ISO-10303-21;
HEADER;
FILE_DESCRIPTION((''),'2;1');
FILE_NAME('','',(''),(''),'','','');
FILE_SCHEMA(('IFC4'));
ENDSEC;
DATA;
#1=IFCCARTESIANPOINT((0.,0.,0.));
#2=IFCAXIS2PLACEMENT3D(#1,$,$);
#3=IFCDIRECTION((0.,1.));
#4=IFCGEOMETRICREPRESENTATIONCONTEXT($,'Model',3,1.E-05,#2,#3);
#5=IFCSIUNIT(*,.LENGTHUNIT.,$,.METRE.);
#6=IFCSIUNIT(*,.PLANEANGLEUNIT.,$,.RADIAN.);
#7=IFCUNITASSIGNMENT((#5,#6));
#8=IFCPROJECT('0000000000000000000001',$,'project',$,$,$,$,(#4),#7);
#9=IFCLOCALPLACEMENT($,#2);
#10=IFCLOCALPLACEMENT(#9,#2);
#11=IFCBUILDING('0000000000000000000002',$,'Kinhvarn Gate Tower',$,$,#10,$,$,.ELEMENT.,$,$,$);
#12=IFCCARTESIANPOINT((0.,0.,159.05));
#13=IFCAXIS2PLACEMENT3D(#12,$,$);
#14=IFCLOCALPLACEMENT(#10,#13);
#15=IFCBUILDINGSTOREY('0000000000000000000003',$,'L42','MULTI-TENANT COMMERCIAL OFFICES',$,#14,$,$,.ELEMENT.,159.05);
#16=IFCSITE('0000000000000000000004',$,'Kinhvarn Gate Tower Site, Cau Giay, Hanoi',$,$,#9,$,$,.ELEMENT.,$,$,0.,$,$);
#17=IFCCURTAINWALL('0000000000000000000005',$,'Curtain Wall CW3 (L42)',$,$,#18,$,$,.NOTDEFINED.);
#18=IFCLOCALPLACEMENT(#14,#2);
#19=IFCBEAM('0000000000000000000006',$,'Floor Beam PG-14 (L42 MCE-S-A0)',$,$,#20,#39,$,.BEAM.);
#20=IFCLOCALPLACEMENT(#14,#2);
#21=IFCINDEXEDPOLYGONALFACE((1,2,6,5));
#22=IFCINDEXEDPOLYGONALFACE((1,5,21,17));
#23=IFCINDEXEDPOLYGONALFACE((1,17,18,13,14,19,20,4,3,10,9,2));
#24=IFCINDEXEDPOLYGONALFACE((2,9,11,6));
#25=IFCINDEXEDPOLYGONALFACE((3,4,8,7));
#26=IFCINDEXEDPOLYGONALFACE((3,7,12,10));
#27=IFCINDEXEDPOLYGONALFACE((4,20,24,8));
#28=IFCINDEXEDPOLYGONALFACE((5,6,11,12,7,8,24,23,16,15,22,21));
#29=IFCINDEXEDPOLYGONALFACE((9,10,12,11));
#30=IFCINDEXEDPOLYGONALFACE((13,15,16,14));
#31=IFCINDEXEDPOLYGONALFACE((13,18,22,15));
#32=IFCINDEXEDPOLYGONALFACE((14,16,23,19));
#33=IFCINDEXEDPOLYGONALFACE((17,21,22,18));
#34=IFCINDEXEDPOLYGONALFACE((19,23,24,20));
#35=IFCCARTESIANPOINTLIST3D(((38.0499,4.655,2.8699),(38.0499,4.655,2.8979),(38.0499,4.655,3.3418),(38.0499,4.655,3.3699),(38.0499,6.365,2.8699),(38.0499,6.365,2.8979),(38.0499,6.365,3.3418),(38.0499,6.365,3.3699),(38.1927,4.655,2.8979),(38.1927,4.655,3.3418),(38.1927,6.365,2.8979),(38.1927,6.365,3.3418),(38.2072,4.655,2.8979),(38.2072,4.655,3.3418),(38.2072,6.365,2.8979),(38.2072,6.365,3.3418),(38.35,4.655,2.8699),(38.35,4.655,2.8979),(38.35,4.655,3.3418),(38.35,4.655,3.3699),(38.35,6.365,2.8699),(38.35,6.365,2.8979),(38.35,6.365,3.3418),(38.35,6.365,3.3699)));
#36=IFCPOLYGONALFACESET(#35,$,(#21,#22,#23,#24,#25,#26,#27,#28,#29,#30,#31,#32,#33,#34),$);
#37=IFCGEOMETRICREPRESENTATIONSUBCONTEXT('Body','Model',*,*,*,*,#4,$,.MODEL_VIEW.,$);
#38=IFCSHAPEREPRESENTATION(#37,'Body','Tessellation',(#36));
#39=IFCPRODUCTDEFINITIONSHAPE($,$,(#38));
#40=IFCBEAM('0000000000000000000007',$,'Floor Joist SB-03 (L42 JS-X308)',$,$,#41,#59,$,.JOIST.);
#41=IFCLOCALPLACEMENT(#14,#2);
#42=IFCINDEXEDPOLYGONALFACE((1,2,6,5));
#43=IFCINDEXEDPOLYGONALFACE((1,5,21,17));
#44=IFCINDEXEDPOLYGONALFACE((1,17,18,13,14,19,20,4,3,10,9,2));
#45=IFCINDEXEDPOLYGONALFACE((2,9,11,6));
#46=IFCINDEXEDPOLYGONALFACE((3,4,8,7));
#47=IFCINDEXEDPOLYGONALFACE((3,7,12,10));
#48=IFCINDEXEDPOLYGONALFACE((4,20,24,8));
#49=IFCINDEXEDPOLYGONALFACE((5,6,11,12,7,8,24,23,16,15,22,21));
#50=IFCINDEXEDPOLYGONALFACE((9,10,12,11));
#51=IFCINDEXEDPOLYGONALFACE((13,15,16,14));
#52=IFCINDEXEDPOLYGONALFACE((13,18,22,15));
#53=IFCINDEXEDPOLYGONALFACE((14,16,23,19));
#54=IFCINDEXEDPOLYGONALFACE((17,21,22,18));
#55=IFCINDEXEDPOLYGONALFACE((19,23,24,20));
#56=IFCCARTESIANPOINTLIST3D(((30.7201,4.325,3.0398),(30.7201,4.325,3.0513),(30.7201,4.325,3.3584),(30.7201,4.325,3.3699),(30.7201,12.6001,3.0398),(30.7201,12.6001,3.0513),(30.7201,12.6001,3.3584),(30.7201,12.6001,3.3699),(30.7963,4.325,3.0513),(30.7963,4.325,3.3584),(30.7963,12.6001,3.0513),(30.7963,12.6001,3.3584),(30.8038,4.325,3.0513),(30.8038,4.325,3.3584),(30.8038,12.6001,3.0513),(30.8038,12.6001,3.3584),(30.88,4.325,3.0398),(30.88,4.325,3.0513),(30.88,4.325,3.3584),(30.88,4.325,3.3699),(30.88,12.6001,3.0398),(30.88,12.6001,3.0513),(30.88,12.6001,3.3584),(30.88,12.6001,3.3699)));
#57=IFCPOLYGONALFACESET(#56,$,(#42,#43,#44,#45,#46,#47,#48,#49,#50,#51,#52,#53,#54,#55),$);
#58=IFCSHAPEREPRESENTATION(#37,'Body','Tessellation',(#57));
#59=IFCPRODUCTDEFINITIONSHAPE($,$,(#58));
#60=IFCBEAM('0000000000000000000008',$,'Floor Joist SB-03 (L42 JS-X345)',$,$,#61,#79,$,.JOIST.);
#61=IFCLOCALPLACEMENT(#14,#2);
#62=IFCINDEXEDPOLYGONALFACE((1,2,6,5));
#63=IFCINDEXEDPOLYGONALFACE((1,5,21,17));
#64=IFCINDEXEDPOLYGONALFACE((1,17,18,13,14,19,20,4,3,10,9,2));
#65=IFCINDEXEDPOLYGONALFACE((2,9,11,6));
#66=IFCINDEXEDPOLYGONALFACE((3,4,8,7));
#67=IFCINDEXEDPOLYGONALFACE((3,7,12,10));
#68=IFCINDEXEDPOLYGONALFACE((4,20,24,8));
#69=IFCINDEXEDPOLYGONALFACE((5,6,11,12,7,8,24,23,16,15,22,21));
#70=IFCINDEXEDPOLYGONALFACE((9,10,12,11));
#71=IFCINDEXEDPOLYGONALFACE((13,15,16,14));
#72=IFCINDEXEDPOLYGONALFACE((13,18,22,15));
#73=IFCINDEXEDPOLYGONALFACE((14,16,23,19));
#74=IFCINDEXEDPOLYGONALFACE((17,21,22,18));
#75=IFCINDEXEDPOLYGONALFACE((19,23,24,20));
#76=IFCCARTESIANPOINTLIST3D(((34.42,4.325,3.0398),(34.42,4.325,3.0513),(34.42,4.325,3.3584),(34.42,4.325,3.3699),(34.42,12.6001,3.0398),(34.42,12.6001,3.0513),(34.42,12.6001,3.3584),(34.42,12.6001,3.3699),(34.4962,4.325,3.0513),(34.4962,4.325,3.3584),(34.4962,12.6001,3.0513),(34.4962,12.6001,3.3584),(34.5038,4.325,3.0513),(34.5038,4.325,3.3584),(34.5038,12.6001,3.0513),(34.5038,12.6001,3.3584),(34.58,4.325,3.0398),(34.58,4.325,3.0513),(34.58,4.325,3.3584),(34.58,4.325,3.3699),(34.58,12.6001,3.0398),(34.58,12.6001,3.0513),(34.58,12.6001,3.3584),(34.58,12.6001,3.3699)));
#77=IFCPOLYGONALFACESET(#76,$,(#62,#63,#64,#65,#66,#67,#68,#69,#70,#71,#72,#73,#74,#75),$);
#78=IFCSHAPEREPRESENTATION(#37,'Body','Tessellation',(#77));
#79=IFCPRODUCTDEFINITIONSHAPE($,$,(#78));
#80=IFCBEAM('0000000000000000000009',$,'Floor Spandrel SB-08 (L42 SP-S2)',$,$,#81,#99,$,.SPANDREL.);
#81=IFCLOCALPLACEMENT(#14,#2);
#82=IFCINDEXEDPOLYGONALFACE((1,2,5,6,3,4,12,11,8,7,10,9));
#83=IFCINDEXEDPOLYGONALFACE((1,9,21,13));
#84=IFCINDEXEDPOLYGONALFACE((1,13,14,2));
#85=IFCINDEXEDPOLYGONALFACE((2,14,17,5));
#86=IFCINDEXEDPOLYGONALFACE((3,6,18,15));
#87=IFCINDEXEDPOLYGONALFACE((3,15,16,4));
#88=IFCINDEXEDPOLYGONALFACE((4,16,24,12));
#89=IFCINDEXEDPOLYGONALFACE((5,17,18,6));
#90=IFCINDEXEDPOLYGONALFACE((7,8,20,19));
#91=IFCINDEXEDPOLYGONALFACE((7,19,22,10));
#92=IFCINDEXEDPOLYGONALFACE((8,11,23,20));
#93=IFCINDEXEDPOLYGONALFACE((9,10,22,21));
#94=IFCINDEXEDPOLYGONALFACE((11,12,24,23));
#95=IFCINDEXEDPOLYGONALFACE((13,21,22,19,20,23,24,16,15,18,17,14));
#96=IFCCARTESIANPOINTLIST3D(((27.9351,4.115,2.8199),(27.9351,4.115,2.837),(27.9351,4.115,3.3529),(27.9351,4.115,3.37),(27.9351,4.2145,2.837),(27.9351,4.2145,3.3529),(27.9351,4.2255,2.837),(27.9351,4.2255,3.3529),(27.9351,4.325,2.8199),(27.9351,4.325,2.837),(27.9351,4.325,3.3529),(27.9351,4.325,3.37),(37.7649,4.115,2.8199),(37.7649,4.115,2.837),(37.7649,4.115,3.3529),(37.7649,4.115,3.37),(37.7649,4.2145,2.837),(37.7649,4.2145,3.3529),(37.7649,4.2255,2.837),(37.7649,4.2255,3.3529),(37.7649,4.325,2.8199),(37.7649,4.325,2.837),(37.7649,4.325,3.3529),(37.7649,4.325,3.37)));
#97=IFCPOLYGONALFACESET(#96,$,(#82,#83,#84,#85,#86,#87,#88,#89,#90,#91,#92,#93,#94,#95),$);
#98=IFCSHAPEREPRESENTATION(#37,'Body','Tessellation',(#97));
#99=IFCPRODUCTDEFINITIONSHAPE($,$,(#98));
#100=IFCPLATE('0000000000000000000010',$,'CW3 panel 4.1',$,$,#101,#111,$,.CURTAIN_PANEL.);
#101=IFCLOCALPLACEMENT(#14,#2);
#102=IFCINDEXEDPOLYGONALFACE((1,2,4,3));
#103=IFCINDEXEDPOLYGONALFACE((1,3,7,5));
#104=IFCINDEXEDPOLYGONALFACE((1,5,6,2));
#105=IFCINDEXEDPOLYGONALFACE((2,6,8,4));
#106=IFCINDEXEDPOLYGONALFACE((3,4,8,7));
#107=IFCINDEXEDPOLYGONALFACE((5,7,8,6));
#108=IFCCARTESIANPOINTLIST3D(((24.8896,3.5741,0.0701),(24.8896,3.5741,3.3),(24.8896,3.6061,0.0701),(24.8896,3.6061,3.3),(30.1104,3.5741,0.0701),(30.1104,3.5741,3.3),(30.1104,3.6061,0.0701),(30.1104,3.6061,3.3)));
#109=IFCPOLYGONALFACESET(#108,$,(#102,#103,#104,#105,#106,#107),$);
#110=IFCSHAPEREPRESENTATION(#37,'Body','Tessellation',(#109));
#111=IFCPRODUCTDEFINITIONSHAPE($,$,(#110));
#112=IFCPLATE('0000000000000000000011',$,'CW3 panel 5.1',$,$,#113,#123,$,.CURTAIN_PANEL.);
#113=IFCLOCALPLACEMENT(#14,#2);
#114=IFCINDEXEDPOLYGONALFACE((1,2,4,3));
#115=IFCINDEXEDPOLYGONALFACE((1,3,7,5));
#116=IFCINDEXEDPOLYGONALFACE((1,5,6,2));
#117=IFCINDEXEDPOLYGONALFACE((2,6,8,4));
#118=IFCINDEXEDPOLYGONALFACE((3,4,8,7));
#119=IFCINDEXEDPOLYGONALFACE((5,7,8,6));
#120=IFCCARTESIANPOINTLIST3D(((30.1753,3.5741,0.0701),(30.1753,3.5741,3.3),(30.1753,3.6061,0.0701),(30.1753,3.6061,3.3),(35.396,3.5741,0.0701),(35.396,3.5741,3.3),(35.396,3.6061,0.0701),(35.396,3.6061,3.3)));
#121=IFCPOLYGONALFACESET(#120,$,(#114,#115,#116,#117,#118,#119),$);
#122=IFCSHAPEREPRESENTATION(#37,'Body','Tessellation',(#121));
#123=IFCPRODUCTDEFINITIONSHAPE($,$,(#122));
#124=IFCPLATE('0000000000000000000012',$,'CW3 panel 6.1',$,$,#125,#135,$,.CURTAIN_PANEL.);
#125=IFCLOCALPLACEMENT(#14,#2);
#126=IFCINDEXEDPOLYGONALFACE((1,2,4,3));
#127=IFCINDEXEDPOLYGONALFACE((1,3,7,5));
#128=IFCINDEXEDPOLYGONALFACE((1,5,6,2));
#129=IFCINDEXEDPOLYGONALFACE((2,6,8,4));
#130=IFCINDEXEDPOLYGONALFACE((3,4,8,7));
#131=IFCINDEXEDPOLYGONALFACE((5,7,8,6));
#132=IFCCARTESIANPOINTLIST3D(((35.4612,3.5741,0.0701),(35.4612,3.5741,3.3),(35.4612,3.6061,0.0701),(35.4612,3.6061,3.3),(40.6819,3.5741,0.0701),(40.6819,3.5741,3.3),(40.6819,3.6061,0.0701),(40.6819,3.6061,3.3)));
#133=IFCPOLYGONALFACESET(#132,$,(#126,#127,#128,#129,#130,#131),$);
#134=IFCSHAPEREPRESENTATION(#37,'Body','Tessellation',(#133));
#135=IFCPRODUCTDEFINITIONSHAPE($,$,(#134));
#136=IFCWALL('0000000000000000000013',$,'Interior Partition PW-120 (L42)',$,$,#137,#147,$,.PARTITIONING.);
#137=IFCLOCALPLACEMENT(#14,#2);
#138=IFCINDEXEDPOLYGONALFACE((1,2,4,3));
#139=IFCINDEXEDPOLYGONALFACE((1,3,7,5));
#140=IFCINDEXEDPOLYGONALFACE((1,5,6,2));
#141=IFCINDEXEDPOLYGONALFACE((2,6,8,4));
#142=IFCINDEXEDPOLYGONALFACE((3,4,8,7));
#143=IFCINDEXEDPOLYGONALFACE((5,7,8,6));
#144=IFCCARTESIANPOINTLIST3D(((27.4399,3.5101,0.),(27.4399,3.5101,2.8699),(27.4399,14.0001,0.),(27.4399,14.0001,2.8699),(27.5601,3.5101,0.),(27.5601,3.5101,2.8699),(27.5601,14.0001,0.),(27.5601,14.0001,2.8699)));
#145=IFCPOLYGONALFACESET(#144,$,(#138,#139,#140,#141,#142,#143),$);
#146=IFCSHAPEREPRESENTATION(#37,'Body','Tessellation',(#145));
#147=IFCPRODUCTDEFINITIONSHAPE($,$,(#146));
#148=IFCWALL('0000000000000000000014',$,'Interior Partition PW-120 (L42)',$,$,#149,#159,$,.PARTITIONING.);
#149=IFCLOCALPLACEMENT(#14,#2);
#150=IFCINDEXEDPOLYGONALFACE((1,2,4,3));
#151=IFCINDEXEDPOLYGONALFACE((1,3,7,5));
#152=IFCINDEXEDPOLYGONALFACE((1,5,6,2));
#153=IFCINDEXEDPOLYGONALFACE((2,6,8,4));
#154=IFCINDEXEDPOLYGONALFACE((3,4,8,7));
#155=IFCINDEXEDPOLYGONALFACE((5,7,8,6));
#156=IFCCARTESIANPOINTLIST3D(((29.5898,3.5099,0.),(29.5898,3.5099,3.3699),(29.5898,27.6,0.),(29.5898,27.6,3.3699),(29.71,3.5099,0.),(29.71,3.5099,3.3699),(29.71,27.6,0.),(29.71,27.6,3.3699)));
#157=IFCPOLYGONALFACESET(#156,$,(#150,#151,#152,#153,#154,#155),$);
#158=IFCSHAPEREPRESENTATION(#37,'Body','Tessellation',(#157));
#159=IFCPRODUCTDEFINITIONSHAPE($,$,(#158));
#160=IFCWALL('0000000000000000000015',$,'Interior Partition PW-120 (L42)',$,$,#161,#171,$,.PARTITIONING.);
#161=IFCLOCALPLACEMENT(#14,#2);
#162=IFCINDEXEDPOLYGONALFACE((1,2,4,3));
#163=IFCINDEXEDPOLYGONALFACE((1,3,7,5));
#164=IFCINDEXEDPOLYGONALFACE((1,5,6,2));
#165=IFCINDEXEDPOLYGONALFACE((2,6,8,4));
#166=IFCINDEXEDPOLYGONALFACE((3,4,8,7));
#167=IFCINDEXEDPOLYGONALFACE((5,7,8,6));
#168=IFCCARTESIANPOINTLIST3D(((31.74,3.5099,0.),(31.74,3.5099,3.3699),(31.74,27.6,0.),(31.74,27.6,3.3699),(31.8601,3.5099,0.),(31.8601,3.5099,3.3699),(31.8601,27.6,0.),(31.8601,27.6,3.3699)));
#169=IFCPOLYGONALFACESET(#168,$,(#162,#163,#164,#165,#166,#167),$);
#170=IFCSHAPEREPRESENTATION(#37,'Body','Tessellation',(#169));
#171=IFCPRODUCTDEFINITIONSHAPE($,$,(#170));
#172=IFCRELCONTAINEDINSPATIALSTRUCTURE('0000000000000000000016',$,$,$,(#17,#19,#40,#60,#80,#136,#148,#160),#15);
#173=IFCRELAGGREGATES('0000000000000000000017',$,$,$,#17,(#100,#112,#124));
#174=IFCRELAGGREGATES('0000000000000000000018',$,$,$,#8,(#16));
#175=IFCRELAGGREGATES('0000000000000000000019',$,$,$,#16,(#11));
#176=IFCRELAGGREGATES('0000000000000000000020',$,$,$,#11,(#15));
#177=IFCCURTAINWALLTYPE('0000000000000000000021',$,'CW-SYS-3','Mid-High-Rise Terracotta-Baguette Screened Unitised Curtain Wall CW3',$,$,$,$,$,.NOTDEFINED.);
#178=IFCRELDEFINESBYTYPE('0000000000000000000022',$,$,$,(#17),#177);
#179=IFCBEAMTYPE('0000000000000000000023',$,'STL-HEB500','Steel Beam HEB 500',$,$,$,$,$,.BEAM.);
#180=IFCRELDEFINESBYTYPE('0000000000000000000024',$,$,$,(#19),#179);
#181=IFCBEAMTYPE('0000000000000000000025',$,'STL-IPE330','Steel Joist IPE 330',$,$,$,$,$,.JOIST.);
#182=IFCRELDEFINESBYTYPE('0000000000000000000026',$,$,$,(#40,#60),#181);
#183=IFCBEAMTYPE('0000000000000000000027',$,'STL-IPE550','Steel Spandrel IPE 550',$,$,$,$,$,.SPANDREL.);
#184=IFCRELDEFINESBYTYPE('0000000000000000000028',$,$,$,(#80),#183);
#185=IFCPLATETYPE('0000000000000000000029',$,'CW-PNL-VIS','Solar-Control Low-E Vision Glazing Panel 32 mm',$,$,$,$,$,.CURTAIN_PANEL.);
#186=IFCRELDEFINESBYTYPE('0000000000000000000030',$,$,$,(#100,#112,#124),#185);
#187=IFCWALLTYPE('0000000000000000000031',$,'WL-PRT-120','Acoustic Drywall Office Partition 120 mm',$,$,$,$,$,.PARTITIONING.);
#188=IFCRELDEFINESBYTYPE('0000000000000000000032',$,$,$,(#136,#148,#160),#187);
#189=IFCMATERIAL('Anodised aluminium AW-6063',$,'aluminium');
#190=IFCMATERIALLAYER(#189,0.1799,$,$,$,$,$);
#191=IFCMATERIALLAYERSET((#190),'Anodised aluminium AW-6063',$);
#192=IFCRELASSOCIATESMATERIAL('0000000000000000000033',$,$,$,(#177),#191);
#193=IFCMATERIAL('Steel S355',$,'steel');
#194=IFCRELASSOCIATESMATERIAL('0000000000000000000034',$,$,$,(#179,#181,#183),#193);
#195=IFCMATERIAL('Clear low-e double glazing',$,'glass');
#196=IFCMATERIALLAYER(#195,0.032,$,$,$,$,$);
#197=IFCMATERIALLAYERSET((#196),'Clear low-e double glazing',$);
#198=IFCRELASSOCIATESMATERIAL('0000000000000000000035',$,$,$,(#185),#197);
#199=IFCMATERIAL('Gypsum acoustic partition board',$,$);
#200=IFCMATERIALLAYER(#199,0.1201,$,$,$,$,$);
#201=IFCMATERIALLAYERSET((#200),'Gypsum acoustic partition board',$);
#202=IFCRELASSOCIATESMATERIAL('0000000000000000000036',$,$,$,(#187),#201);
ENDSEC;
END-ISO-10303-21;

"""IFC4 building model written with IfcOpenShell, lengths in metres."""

from ifc_helpers import new_model, si_unit, direction, frame, frame_2d, origin, origin_2d, place, context, subcontext, project, spatial, rectangle, i_section, extrude, material, layer, layer_set, material_profile, profile_set, type_object, element, aggregate, save


model = new_model("IFC4")

# Units and contexts
model_context = context("Model", 3, precision=1e-05, world=origin(), true_north=direction((0.0, 1.0)))
body_context = subcontext(model_context, "Body", "Model", "MODEL_VIEW")
ifc_project = project(units=[si_unit("LENGTHUNIT", "METRE"), si_unit("PLANEANGLEUNIT", "RADIAN")], contexts=[model_context])

# Site, building, storey
site_placement = place(None, origin())
site = spatial("IfcSite", under=ifc_project, at=site_placement, Name="Kinhvarn Gate Tower Site, Cau Giay, Hanoi", CompositionType="ELEMENT", RefElevation=0.0)
building_placement = place(site_placement, origin())
building = spatial("IfcBuilding", under=site, at=building_placement, Name="Kinhvarn Gate Tower", CompositionType="ELEMENT")
storey_placement = place(building_placement, frame((0.0, 0.0, 159.05)))
storey = spatial("IfcBuildingStorey", under=building, at=storey_placement, Name="L42", Description="MULTI-TENANT COMMERCIAL OFFICES", CompositionType="ELEMENT", Elevation=159.05)

# Curtain wall
ifc_material_1 = material(Name="Anodised aluminium AW-6063", Category="aluminium")
ifc_layer_1 = layer(ifc_material_1, 0.1799)
ifc_layer_set_1 = layer_set([ifc_layer_1], Name="Anodised aluminium AW-6063")
curtain_wall_type = type_object("IfcCurtainWallType", Name="CW-SYS-3", Description="Mid-High-Rise Terracotta-Baguette Screened Unitised Curtain Wall CW3", PredefinedType="NOTDEFINED", material=ifc_layer_set_1)
curtain_wall_placement = place(storey_placement, origin())
curtain_wall = element("IfcCurtainWall", 1, at=curtain_wall_placement, inside=storey, type_object=curtain_wall_type, Name="Curtain Wall CW3 (L42)", PredefinedType="NOTDEFINED")

# Beams
ifc_material_2 = material(Name="Steel S355", Category="steel")
ifc_material_profile_1 = material_profile(ifc_material_2, i_section(OverallWidth=0.3, OverallDepth=0.5, WebThickness=0.0144, FlangeThickness=0.0281, at=origin_2d()), Name="HEB 500")
ifc_profile_set_1 = profile_set([ifc_material_profile_1], Name="Steel S355")
beam_type_1 = type_object("IfcBeamType", Name="STL-HEB500", Description="Steel Beam HEB 500", PredefinedType="BEAM", material=ifc_profile_set_1)
beam_1_placement = place(storey_placement, frame((38.2, 4.655, 3.1199), z_axis=(0.0, 1.0, 0.0), x_axis=(-1.0, 0.0, 0.0)))
element("IfcBeam", 2, at=beam_1_placement, inside=storey, type_object=beam_type_1, Name="Floor Beam PG-14 (L42 MCE-S-A0)", PredefinedType="BEAM", context=body_context, shape_type="SweptSolid", body=[
    extrude(i_section(OverallWidth=0.3, OverallDepth=0.5, WebThickness=0.0144, FlangeThickness=0.0281, at=origin_2d()), origin(), (0.0, 0.0, 1.0), 1.71),
])
ifc_material_profile_2 = material_profile(ifc_material_2, i_section(OverallWidth=0.1599, OverallDepth=0.3301, WebThickness=0.0076, FlangeThickness=0.0115, at=origin_2d()), Name="IPE 330")
ifc_profile_set_2 = profile_set([ifc_material_profile_2], Name="Steel S355")
beam_type_2 = type_object("IfcBeamType", Name="STL-IPE330", Description="Steel Joist IPE 330", PredefinedType="JOIST", material=ifc_profile_set_2)
for number, where, z_axis, x_axis, name in (
    (3, (30.8, 4.325, 3.2048), (0.0, 1.0, 0.0), (-1.0, 0.0, 0.0), "Floor Joist SB-03 (L42 JS-X308)"),
    (4, (34.5, 4.325, 3.2048), (0.0, 1.0, 0.0), (-1.0, 0.0, 0.0), "Floor Joist SB-03 (L42 JS-X345)"),
):
    element("IfcBeam", number, at=place(storey_placement, frame(where, z_axis=z_axis, x_axis=x_axis)), inside=storey, type_object=beam_type_2, Name=name, PredefinedType="JOIST", context=body_context, shape_type="SweptSolid", body=[
        extrude(i_section(OverallWidth=0.1599, OverallDepth=0.3301, WebThickness=0.0076, FlangeThickness=0.0115, at=origin_2d()), origin(), (0.0, 0.0, 1.0), 8.2751),
    ])
ifc_material_profile_3 = material_profile(ifc_material_2, i_section(OverallWidth=0.21, OverallDepth=0.55, WebThickness=0.011, FlangeThickness=0.0171, at=origin_2d()), Name="IPE 550")
ifc_profile_set_3 = profile_set([ifc_material_profile_3], Name="Steel S355")
beam_type_3 = type_object("IfcBeamType", Name="STL-IPE550", Description="Steel Spandrel IPE 550", PredefinedType="SPANDREL", material=ifc_profile_set_3)
beam_2_placement = place(storey_placement, frame((27.9351, 4.22, 3.095), z_axis=(1.0, 0.0, 0.0), x_axis=(0.0, 1.0, 0.0)))
element("IfcBeam", 5, at=beam_2_placement, inside=storey, type_object=beam_type_3, Name="Floor Spandrel SB-08 (L42 SP-S2)", PredefinedType="SPANDREL", context=body_context, shape_type="SweptSolid", body=[
    extrude(i_section(OverallWidth=0.21, OverallDepth=0.55, WebThickness=0.011, FlangeThickness=0.0171, at=origin_2d()), origin(), (0.0, 0.0, 1.0), 9.8298),
])

# Plates
ifc_material_3 = material(Name="Clear low-e double glazing", Category="glass")
ifc_layer_2 = layer(ifc_material_3, 0.032)
ifc_layer_set_2 = layer_set([ifc_layer_2], Name="Clear low-e double glazing")
plate_type = type_object("IfcPlateType", Name="CW-PNL-VIS", Description="Solar-Control Low-E Vision Glazing Panel 32 mm", PredefinedType="CURTAIN_PANEL", material=ifc_layer_set_2)
plate_1_placement = place(storey_placement, frame((27.5, 3.5901, 0.0701), z_axis=(0.0, 0.0, 1.0), x_axis=(1.0, 0.0, 0.0)))
plate_1 = element("IfcPlate", 6, at=plate_1_placement, type_object=plate_type, Name="CW3 panel 4.1", PredefinedType="CURTAIN_PANEL", context=body_context, shape_type="SweptSolid", body=[
    extrude(rectangle(XDim=5.2207, YDim=0.032, at=origin_2d()), origin(), (0.0, 0.0, 1.0), 3.23),
])
plate_2_placement = place(storey_placement, frame((32.7856, 3.5901, 0.0701), z_axis=(0.0, 0.0, 1.0), x_axis=(1.0, 0.0, 0.0)))
plate_2 = element("IfcPlate", 7, at=plate_2_placement, type_object=plate_type, Name="CW3 panel 5.1", PredefinedType="CURTAIN_PANEL", context=body_context, shape_type="SweptSolid", body=[
    extrude(rectangle(XDim=5.2207, YDim=0.032, at=origin_2d()), origin(), (0.0, 0.0, 1.0), 3.23),
])
plate_3_placement = place(storey_placement, frame((38.0715, 3.5901, 0.0701), z_axis=(0.0, 0.0, 1.0), x_axis=(1.0, 0.0, 0.0)))
plate_3 = element("IfcPlate", 8, at=plate_3_placement, type_object=plate_type, Name="CW3 panel 6.1", PredefinedType="CURTAIN_PANEL", context=body_context, shape_type="SweptSolid", body=[
    extrude(rectangle(XDim=5.2207, YDim=0.032, at=origin_2d()), origin(), (0.0, 0.0, 1.0), 3.23),
])
aggregate(curtain_wall, [plate_1, plate_2, plate_3])

# Walls
ifc_material_4 = material(Name="Gypsum acoustic partition board")
ifc_layer_3 = layer(ifc_material_4, 0.1201)
ifc_layer_set_3 = layer_set([ifc_layer_3], Name="Gypsum acoustic partition board")
wall_type = type_object("IfcWallType", Name="WL-PRT-120", Description="Acoustic Drywall Office Partition 120 mm", PredefinedType="PARTITIONING", material=ifc_layer_set_3)
wall_placement = place(storey_placement, frame((27.5, 3.51, 0.0), z_axis=(0.0, 0.0, 1.0), x_axis=(0.0, 1.0, 0.0)))
element("IfcWall", 9, at=wall_placement, inside=storey, type_object=wall_type, Name="Interior Partition PW-120 (L42)", PredefinedType="PARTITIONING", context=body_context, shape_type="SweptSolid", body=[
    extrude(rectangle(XDim=10.49, YDim=0.1201, at=frame_2d((5.2451, 0.0))), origin(), (0.0, 0.0, 1.0), 2.8699),
])
for number, where, z_axis, x_axis, name in (
    (10, (29.6499, 3.51, 0.0), (0.0, 0.0, 1.0), (0.0, 1.0, 0.0), "Interior Partition PW-120 (L42)"),
    (11, (31.8, 3.51, 0.0), (0.0, 0.0, 1.0), (0.0, 1.0, 0.0), "Interior Partition PW-120 (L42)"),
):
    element("IfcWall", number, at=place(storey_placement, frame(where, z_axis=z_axis, x_axis=x_axis)), inside=storey, type_object=wall_type, Name=name, PredefinedType="PARTITIONING", context=body_context, shape_type="SweptSolid", body=[
        extrude(rectangle(XDim=24.0901, YDim=0.1201, at=frame_2d((12.0449, 0.0))), origin(), (0.0, 0.0, 1.0), 3.3699),
    ])

save(model, "model.ifc")
